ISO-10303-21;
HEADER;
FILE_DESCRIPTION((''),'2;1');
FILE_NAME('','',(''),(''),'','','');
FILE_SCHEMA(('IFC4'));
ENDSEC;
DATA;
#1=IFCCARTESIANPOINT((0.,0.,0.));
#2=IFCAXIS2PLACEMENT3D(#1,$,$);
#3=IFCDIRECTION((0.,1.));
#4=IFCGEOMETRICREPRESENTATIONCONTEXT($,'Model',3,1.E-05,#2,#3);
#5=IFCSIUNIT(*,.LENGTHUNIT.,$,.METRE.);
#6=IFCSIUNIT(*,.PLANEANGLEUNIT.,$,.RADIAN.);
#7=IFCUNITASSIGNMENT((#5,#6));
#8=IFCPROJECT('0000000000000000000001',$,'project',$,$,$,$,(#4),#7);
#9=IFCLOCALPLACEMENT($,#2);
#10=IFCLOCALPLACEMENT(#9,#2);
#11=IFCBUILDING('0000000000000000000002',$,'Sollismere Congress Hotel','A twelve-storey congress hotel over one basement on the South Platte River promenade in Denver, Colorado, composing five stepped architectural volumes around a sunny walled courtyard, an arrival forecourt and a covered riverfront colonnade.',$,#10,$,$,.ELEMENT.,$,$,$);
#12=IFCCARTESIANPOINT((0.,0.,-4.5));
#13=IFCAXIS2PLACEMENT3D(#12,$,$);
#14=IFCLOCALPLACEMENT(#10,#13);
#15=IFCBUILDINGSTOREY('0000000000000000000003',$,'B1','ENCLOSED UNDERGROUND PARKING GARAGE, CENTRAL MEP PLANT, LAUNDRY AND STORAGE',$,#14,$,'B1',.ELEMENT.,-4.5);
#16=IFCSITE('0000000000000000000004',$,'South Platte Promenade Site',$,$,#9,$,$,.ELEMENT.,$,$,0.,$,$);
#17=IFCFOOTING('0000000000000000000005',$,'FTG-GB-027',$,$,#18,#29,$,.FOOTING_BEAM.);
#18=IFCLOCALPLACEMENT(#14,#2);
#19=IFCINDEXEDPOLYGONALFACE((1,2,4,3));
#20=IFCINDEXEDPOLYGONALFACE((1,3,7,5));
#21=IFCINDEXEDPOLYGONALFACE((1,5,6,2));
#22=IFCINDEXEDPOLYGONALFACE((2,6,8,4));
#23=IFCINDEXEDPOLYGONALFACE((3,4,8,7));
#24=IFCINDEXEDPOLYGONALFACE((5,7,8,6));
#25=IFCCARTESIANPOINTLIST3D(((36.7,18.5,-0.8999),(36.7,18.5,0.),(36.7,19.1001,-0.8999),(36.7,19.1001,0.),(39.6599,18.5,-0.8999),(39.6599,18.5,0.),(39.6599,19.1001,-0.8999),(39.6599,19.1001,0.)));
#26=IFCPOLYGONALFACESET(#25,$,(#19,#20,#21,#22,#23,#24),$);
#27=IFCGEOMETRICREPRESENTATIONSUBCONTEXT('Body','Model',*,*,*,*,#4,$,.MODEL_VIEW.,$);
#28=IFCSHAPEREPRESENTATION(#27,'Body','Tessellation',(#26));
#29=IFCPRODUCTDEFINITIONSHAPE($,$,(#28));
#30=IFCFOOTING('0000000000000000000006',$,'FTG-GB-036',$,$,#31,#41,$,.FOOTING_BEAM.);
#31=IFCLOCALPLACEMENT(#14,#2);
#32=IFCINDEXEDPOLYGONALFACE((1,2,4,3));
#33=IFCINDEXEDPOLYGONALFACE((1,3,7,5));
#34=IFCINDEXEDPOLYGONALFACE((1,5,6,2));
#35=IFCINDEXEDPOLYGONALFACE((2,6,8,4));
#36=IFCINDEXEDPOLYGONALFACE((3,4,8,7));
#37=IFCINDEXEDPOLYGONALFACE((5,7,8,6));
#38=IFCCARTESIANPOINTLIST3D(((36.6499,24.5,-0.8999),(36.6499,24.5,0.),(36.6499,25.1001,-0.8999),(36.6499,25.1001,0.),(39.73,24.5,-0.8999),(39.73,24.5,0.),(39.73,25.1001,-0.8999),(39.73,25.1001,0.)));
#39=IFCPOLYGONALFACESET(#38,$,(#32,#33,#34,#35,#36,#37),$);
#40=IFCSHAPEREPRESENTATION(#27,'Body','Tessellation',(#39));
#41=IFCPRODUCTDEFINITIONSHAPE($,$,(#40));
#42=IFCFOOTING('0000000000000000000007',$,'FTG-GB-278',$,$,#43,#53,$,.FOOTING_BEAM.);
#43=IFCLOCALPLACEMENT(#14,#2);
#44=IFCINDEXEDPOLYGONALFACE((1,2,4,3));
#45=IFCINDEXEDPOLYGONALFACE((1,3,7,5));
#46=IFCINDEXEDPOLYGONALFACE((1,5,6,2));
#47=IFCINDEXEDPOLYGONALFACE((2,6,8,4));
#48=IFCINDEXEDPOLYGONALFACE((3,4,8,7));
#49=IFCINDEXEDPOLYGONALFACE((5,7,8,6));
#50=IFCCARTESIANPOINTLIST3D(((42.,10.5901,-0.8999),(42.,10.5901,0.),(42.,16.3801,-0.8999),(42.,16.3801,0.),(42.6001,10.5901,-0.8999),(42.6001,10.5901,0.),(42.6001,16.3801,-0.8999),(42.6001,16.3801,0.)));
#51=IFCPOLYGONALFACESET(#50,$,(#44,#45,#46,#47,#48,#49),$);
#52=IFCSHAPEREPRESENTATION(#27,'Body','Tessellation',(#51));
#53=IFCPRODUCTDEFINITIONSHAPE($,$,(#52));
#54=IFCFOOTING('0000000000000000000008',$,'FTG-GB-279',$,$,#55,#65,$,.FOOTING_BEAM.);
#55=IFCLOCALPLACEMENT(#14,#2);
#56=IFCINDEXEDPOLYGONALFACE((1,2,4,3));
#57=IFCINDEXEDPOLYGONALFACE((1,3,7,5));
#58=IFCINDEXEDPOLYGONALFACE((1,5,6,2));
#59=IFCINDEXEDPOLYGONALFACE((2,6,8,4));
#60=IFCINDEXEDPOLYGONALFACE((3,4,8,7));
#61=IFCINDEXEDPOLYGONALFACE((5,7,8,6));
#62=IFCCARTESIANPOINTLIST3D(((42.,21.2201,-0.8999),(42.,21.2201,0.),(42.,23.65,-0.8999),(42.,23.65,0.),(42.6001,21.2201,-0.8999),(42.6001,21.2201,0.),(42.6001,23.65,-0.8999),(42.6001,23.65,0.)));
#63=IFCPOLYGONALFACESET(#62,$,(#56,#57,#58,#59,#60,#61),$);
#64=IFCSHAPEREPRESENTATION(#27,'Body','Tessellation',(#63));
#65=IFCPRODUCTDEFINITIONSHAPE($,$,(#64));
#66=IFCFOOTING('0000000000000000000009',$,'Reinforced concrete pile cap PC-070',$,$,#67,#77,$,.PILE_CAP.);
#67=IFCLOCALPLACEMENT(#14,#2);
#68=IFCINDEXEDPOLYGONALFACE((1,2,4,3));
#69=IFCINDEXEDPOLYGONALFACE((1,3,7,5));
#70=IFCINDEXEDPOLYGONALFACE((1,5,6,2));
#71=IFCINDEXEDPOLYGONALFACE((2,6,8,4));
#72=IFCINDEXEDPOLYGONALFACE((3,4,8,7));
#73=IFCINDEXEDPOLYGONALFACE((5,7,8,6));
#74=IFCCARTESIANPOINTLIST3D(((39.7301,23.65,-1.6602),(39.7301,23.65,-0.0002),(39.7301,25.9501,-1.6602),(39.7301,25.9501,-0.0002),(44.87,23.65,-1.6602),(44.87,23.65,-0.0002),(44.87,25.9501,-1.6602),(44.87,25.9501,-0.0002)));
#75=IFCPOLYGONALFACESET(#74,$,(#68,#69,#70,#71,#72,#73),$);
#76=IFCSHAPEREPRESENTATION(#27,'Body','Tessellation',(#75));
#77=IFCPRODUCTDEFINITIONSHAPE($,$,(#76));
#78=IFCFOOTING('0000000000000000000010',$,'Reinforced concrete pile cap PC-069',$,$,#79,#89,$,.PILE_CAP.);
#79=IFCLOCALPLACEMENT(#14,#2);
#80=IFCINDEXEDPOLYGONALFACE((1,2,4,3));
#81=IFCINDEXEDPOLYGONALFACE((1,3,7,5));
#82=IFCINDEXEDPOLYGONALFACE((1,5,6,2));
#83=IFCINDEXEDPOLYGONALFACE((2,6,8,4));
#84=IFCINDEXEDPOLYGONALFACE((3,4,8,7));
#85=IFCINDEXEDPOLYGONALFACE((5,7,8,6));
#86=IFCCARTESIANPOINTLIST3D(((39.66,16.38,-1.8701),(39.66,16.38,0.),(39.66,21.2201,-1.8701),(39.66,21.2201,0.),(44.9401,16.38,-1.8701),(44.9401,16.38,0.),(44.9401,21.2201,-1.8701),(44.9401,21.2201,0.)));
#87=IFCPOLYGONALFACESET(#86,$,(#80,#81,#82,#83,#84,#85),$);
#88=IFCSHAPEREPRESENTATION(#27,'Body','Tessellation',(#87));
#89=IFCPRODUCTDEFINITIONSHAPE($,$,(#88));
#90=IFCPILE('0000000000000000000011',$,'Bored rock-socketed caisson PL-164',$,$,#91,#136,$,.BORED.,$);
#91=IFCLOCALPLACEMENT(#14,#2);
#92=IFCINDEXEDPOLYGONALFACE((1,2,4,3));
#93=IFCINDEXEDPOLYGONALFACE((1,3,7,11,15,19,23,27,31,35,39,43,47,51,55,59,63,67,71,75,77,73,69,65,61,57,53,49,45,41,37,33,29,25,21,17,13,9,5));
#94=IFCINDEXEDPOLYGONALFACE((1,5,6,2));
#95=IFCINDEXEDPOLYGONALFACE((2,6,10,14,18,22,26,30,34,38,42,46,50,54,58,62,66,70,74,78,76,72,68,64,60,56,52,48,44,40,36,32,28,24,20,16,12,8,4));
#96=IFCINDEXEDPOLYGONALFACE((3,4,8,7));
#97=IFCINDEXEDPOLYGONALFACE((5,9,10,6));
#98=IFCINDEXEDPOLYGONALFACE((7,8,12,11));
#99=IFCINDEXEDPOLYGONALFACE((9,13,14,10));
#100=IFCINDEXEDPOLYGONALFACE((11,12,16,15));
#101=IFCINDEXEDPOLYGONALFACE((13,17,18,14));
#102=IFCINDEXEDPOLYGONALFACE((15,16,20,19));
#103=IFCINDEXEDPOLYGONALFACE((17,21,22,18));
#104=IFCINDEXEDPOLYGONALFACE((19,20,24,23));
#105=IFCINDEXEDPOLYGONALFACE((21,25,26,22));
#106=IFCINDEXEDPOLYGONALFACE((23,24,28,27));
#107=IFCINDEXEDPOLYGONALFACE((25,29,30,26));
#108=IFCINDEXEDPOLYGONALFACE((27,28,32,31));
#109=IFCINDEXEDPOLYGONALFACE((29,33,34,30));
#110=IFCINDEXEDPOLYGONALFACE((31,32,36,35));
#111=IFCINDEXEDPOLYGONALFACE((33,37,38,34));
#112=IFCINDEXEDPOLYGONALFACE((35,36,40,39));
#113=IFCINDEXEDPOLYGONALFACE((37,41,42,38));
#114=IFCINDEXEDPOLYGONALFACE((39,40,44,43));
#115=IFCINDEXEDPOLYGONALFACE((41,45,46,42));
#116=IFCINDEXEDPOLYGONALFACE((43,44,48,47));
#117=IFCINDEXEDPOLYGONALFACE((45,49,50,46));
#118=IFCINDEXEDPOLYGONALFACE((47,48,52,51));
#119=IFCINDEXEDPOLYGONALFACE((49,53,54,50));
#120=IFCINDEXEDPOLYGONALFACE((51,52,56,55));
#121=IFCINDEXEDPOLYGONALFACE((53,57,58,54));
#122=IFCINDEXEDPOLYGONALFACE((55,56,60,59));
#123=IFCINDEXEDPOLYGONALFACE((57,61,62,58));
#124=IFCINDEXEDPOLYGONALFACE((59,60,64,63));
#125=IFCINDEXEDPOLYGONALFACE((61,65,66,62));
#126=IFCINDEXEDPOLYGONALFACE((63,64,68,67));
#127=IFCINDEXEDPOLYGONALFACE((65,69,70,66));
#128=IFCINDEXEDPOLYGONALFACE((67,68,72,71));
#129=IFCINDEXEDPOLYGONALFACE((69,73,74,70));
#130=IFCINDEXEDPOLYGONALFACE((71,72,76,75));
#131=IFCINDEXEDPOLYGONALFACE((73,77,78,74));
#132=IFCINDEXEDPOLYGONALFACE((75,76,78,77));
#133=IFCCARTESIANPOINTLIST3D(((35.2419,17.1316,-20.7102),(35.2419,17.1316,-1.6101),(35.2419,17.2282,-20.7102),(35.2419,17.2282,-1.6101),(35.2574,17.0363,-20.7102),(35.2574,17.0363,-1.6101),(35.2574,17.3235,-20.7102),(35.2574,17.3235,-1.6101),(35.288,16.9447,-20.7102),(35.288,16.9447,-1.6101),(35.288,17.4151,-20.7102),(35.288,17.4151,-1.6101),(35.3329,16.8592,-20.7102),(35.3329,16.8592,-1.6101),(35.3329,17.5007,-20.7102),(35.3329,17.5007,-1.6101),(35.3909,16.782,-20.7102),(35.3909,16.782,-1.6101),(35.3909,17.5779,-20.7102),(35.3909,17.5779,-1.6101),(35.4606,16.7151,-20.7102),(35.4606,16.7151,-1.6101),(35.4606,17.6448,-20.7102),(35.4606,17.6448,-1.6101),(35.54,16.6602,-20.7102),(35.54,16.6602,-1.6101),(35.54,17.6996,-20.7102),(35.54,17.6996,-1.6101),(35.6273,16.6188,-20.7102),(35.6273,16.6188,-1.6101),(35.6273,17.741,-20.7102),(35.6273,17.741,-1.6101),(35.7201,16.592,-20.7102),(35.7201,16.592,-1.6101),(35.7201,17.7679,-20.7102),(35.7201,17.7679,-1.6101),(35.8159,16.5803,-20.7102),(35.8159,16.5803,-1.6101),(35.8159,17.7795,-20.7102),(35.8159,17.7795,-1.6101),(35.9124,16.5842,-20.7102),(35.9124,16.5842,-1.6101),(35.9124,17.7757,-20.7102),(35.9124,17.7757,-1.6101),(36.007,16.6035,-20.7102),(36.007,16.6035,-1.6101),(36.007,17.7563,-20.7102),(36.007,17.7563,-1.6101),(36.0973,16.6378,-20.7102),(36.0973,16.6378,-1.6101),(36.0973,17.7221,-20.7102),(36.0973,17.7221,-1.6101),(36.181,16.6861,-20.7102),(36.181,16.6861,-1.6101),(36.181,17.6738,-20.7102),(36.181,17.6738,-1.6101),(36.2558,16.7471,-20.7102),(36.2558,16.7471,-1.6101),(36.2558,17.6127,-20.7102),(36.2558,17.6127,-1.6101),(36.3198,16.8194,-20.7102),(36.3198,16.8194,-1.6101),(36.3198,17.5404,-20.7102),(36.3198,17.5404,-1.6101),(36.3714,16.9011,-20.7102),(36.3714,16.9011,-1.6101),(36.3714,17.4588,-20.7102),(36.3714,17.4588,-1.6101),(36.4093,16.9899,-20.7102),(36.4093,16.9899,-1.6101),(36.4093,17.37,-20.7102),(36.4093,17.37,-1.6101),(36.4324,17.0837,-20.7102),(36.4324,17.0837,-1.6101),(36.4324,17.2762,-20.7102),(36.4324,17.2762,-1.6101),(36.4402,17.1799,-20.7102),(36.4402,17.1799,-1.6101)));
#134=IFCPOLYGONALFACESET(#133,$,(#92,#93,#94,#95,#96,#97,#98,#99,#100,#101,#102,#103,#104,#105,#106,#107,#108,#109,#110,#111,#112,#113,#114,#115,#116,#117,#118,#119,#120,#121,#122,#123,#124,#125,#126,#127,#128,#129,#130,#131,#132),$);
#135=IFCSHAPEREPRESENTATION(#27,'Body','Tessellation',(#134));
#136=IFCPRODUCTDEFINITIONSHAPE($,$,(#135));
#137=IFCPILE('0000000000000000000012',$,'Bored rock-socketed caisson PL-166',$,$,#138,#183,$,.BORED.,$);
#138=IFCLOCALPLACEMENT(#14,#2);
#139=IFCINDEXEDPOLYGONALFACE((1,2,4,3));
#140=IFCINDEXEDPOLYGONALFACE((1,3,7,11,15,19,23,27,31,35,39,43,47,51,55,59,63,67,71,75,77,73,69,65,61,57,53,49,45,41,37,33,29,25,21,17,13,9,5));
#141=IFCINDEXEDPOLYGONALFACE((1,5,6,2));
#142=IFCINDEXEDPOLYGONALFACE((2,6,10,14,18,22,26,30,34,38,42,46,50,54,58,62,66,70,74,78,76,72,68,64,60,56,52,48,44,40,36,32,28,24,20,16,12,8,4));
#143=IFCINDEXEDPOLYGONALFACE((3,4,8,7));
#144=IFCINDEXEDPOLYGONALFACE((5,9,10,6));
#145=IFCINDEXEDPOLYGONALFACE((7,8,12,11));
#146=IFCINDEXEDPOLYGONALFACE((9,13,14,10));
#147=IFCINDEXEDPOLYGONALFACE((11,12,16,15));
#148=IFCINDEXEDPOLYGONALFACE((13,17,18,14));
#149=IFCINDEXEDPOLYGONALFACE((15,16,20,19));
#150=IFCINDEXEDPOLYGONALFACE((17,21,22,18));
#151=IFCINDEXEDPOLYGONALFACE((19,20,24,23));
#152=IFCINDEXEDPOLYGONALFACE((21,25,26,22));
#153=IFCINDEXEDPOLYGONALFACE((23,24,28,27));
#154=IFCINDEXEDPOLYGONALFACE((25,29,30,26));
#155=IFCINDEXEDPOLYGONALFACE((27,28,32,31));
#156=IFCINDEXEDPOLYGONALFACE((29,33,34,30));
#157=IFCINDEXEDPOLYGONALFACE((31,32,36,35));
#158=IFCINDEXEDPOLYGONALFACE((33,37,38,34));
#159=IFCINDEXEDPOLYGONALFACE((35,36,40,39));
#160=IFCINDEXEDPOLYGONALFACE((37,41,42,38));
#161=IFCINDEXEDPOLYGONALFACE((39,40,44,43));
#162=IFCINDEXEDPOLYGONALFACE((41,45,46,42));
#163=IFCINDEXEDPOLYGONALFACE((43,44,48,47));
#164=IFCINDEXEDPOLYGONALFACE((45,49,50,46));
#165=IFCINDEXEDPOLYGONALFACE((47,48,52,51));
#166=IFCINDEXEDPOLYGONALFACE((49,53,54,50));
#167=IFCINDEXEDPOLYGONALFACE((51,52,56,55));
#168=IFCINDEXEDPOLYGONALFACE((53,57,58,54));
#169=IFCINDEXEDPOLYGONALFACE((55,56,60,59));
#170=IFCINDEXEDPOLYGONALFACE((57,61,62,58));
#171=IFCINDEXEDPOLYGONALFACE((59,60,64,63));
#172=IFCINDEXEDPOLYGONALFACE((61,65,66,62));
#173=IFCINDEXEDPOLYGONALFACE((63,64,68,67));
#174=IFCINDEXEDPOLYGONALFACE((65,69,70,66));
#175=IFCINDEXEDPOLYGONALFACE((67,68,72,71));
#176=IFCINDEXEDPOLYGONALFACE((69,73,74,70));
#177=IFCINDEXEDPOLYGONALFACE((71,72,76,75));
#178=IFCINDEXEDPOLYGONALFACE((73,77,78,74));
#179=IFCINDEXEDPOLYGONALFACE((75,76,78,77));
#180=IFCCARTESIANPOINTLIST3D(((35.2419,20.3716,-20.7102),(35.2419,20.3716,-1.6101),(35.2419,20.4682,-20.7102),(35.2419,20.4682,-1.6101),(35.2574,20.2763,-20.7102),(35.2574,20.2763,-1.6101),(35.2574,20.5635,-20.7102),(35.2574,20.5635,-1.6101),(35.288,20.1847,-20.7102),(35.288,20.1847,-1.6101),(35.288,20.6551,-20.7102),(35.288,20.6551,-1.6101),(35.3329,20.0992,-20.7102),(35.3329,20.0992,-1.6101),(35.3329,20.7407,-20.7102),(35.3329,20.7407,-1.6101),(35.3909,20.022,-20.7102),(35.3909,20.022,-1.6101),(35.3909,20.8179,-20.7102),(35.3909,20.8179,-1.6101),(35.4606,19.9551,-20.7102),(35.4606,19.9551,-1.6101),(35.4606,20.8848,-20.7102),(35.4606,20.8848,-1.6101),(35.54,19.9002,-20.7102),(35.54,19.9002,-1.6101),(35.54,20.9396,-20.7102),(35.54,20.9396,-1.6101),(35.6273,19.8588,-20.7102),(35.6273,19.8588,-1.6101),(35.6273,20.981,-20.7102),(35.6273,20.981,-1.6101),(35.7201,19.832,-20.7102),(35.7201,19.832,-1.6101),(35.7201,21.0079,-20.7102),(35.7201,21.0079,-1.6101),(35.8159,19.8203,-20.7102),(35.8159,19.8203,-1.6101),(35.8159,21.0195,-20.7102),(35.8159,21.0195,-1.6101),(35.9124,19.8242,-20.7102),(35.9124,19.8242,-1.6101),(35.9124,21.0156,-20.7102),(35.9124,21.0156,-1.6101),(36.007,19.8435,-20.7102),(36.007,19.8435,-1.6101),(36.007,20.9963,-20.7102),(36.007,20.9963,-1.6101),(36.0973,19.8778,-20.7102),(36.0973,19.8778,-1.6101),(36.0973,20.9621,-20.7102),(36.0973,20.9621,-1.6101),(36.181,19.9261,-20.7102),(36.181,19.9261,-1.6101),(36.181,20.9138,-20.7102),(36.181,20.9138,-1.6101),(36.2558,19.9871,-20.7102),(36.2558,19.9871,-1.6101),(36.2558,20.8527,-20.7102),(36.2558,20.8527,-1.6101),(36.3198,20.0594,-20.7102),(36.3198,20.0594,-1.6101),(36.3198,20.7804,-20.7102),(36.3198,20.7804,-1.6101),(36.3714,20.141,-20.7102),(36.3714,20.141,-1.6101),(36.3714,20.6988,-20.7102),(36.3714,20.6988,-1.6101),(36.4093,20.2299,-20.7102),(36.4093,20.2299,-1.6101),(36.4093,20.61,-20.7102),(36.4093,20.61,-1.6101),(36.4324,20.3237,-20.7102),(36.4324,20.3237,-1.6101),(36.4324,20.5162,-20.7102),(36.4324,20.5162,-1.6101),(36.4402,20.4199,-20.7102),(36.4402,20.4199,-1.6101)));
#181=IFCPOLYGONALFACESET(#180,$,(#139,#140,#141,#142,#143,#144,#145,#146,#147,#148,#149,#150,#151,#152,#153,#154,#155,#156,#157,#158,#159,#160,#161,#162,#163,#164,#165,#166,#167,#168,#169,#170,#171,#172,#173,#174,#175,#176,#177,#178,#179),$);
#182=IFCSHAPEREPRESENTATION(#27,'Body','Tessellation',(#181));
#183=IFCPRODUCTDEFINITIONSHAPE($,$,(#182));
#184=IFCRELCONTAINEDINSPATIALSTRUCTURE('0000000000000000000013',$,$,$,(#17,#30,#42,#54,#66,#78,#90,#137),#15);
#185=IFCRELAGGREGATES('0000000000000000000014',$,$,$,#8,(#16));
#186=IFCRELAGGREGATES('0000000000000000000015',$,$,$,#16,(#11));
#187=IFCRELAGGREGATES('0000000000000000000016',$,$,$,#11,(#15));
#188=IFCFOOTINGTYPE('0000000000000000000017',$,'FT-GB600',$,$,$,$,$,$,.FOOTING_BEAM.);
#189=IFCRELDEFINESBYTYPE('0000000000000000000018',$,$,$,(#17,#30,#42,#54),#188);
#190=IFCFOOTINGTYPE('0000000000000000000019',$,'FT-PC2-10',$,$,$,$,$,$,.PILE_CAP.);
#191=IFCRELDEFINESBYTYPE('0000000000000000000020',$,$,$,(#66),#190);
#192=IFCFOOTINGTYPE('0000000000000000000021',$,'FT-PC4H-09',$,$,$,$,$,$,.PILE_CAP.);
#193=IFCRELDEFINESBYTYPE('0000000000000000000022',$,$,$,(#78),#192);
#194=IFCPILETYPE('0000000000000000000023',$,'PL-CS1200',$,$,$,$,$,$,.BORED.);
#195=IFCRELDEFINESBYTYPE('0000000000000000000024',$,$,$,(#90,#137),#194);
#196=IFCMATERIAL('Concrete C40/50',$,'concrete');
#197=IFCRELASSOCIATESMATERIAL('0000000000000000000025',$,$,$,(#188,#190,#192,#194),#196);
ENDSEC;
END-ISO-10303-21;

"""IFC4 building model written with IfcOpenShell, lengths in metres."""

from ifc_helpers import new_model, si_unit, direction, frame, origin, origin_2d, place, context, subcontext, project, spatial, rectangle, circle, extrude, material, material_profile, profile_set, type_object, element, save


model = new_model("IFC4")

# Units and contexts
model_context = context("Model", 3, precision=1e-05, world=origin(), true_north=direction((0.0, 1.0)))
body_context = subcontext(model_context, "Body", "Model", "MODEL_VIEW")
ifc_project = project(units=[si_unit("LENGTHUNIT", "METRE"), si_unit("PLANEANGLEUNIT", "RADIAN")], contexts=[model_context])

# Site, building, storey
site_placement = place(None, origin())
site = spatial("IfcSite", under=ifc_project, at=site_placement, Name="South Platte Promenade Site", CompositionType="ELEMENT", RefElevation=0.0)
building_placement = place(site_placement, origin())
building = spatial("IfcBuilding", under=site, at=building_placement, Name="Sollismere Congress Hotel", Description="A twelve-storey congress hotel over one basement on the South Platte River promenade in Denver, Colorado, composing five stepped architectural volumes around a sunny walled courtyard, an arrival forecourt and a covered riverfront colonnade.", CompositionType="ELEMENT")
storey_placement = place(building_placement, frame((0.0, 0.0, -4.5)))
storey = spatial("IfcBuildingStorey", under=building, at=storey_placement, Name="B1", Description="ENCLOSED UNDERGROUND PARKING GARAGE, CENTRAL MEP PLANT, LAUNDRY AND STORAGE", LongName="B1", CompositionType="ELEMENT", Elevation=-4.5)

# Footings
ifc_material_1 = material(Name="Concrete C40/50", Category="concrete")
footing_type_1 = type_object("IfcFootingType", Name="FT-GB600", PredefinedType="FOOTING_BEAM", material=ifc_material_1)
footing_1_placement = place(storey_placement, frame((38.1799, 18.8, -0.8999), z_axis=(0.0, 0.0, 1.0), x_axis=(1.0, 0.0, 0.0)))
element("IfcFooting", 1, at=footing_1_placement, inside=storey, type_object=footing_type_1, Name="FTG-GB-027", PredefinedType="FOOTING_BEAM", context=body_context, shape_type="SweptSolid", body=[
    extrude(rectangle(XDim=2.96, YDim=0.6001, at=origin_2d()), origin(), (0.0, 0.0, 1.0), 0.8999),
])
footing_2_placement = place(storey_placement, frame((38.1899, 24.8, -0.8999), z_axis=(0.0, 0.0, 1.0), x_axis=(1.0, 0.0, 0.0)))
element("IfcFooting", 2, at=footing_2_placement, inside=storey, type_object=footing_type_1, Name="FTG-GB-036", PredefinedType="FOOTING_BEAM", context=body_context, shape_type="SweptSolid", body=[
    extrude(rectangle(XDim=3.0801, YDim=0.6001, at=origin_2d()), origin(), (0.0, 0.0, 1.0), 0.8999),
])
footing_3_placement = place(storey_placement, frame((42.3, 13.4851, -0.8999), z_axis=(0.0, 0.0, 1.0), x_axis=(0.0, 1.0, 0.0)))
element("IfcFooting", 3, at=footing_3_placement, inside=storey, type_object=footing_type_1, Name="FTG-GB-278", PredefinedType="FOOTING_BEAM", context=body_context, shape_type="SweptSolid", body=[
    extrude(rectangle(XDim=5.79, YDim=0.6001, at=origin_2d()), origin(), (0.0, 0.0, 1.0), 0.8999),
])
footing_4_placement = place(storey_placement, frame((42.3, 22.4351, -0.8999), z_axis=(0.0, 0.0, 1.0), x_axis=(0.0, 1.0, 0.0)))
element("IfcFooting", 4, at=footing_4_placement, inside=storey, type_object=footing_type_1, Name="FTG-GB-279", PredefinedType="FOOTING_BEAM", context=body_context, shape_type="SweptSolid", body=[
    extrude(rectangle(XDim=2.4299, YDim=0.6001, at=origin_2d()), origin(), (0.0, 0.0, 1.0), 0.8999),
])
footing_type_2 = type_object("IfcFootingType", Name="FT-PC2-10", PredefinedType="PILE_CAP", material=ifc_material_1)
footing_5_placement = place(storey_placement, frame((42.3, 24.8, -1.6602), z_axis=(0.0, 0.0, 1.0), x_axis=(1.0, 0.0, 0.0)))
element("IfcFooting", 5, at=footing_5_placement, inside=storey, type_object=footing_type_2, Name="Reinforced concrete pile cap PC-070", PredefinedType="PILE_CAP", context=body_context, shape_type="SweptSolid", body=[
    extrude(rectangle(XDim=5.1399, YDim=2.3, at=origin_2d()), origin(), (0.0, 0.0, 1.0), 1.6599),
])
footing_type_3 = type_object("IfcFootingType", Name="FT-PC4H-09", PredefinedType="PILE_CAP", material=ifc_material_1)
footing_6_placement = place(storey_placement, frame((42.3, 18.8, -1.8701), z_axis=(0.0, 0.0, 1.0), x_axis=(1.0, 0.0, 0.0)))
element("IfcFooting", 6, at=footing_6_placement, inside=storey, type_object=footing_type_3, Name="Reinforced concrete pile cap PC-069", PredefinedType="PILE_CAP", context=body_context, shape_type="SweptSolid", body=[
    extrude(rectangle(XDim=5.28, YDim=4.8401, at=origin_2d()), origin(), (0.0, 0.0, 1.0), 1.8701),
])

# Piles
ifc_material_profile_1 = material_profile(ifc_material_1, circle(Radius=0.6001, at=origin_2d()), Name="CAISSON1200")
ifc_profile_set_1 = profile_set([ifc_material_profile_1], Name="Concrete C40/50")
pile_type = type_object("IfcPileType", Name="PL-CS1200", PredefinedType="BORED", material=ifc_profile_set_1)
for number, where, z_axis, x_axis, name in (
    (7, (35.8401, 17.1799, -1.6101), (0.0, 0.0, -1.0), (1.0, 0.0, 0.0), "Bored rock-socketed caisson PL-164"),
    (8, (35.8401, 20.4199, -1.6101), (0.0, 0.0, -1.0), (1.0, 0.0, 0.0), "Bored rock-socketed caisson PL-166"),
):
    element("IfcPile", number, at=place(storey_placement, frame(where, z_axis=z_axis, x_axis=x_axis)), inside=storey, type_object=pile_type, Name=name, PredefinedType="BORED", context=body_context, shape_type="SweptSolid", body=[
        extrude(circle(Radius=0.6001, at=origin_2d()), origin(), (0.0, 0.0, 1.0), 19.1001),
    ])

save(model, "model.ifc")
